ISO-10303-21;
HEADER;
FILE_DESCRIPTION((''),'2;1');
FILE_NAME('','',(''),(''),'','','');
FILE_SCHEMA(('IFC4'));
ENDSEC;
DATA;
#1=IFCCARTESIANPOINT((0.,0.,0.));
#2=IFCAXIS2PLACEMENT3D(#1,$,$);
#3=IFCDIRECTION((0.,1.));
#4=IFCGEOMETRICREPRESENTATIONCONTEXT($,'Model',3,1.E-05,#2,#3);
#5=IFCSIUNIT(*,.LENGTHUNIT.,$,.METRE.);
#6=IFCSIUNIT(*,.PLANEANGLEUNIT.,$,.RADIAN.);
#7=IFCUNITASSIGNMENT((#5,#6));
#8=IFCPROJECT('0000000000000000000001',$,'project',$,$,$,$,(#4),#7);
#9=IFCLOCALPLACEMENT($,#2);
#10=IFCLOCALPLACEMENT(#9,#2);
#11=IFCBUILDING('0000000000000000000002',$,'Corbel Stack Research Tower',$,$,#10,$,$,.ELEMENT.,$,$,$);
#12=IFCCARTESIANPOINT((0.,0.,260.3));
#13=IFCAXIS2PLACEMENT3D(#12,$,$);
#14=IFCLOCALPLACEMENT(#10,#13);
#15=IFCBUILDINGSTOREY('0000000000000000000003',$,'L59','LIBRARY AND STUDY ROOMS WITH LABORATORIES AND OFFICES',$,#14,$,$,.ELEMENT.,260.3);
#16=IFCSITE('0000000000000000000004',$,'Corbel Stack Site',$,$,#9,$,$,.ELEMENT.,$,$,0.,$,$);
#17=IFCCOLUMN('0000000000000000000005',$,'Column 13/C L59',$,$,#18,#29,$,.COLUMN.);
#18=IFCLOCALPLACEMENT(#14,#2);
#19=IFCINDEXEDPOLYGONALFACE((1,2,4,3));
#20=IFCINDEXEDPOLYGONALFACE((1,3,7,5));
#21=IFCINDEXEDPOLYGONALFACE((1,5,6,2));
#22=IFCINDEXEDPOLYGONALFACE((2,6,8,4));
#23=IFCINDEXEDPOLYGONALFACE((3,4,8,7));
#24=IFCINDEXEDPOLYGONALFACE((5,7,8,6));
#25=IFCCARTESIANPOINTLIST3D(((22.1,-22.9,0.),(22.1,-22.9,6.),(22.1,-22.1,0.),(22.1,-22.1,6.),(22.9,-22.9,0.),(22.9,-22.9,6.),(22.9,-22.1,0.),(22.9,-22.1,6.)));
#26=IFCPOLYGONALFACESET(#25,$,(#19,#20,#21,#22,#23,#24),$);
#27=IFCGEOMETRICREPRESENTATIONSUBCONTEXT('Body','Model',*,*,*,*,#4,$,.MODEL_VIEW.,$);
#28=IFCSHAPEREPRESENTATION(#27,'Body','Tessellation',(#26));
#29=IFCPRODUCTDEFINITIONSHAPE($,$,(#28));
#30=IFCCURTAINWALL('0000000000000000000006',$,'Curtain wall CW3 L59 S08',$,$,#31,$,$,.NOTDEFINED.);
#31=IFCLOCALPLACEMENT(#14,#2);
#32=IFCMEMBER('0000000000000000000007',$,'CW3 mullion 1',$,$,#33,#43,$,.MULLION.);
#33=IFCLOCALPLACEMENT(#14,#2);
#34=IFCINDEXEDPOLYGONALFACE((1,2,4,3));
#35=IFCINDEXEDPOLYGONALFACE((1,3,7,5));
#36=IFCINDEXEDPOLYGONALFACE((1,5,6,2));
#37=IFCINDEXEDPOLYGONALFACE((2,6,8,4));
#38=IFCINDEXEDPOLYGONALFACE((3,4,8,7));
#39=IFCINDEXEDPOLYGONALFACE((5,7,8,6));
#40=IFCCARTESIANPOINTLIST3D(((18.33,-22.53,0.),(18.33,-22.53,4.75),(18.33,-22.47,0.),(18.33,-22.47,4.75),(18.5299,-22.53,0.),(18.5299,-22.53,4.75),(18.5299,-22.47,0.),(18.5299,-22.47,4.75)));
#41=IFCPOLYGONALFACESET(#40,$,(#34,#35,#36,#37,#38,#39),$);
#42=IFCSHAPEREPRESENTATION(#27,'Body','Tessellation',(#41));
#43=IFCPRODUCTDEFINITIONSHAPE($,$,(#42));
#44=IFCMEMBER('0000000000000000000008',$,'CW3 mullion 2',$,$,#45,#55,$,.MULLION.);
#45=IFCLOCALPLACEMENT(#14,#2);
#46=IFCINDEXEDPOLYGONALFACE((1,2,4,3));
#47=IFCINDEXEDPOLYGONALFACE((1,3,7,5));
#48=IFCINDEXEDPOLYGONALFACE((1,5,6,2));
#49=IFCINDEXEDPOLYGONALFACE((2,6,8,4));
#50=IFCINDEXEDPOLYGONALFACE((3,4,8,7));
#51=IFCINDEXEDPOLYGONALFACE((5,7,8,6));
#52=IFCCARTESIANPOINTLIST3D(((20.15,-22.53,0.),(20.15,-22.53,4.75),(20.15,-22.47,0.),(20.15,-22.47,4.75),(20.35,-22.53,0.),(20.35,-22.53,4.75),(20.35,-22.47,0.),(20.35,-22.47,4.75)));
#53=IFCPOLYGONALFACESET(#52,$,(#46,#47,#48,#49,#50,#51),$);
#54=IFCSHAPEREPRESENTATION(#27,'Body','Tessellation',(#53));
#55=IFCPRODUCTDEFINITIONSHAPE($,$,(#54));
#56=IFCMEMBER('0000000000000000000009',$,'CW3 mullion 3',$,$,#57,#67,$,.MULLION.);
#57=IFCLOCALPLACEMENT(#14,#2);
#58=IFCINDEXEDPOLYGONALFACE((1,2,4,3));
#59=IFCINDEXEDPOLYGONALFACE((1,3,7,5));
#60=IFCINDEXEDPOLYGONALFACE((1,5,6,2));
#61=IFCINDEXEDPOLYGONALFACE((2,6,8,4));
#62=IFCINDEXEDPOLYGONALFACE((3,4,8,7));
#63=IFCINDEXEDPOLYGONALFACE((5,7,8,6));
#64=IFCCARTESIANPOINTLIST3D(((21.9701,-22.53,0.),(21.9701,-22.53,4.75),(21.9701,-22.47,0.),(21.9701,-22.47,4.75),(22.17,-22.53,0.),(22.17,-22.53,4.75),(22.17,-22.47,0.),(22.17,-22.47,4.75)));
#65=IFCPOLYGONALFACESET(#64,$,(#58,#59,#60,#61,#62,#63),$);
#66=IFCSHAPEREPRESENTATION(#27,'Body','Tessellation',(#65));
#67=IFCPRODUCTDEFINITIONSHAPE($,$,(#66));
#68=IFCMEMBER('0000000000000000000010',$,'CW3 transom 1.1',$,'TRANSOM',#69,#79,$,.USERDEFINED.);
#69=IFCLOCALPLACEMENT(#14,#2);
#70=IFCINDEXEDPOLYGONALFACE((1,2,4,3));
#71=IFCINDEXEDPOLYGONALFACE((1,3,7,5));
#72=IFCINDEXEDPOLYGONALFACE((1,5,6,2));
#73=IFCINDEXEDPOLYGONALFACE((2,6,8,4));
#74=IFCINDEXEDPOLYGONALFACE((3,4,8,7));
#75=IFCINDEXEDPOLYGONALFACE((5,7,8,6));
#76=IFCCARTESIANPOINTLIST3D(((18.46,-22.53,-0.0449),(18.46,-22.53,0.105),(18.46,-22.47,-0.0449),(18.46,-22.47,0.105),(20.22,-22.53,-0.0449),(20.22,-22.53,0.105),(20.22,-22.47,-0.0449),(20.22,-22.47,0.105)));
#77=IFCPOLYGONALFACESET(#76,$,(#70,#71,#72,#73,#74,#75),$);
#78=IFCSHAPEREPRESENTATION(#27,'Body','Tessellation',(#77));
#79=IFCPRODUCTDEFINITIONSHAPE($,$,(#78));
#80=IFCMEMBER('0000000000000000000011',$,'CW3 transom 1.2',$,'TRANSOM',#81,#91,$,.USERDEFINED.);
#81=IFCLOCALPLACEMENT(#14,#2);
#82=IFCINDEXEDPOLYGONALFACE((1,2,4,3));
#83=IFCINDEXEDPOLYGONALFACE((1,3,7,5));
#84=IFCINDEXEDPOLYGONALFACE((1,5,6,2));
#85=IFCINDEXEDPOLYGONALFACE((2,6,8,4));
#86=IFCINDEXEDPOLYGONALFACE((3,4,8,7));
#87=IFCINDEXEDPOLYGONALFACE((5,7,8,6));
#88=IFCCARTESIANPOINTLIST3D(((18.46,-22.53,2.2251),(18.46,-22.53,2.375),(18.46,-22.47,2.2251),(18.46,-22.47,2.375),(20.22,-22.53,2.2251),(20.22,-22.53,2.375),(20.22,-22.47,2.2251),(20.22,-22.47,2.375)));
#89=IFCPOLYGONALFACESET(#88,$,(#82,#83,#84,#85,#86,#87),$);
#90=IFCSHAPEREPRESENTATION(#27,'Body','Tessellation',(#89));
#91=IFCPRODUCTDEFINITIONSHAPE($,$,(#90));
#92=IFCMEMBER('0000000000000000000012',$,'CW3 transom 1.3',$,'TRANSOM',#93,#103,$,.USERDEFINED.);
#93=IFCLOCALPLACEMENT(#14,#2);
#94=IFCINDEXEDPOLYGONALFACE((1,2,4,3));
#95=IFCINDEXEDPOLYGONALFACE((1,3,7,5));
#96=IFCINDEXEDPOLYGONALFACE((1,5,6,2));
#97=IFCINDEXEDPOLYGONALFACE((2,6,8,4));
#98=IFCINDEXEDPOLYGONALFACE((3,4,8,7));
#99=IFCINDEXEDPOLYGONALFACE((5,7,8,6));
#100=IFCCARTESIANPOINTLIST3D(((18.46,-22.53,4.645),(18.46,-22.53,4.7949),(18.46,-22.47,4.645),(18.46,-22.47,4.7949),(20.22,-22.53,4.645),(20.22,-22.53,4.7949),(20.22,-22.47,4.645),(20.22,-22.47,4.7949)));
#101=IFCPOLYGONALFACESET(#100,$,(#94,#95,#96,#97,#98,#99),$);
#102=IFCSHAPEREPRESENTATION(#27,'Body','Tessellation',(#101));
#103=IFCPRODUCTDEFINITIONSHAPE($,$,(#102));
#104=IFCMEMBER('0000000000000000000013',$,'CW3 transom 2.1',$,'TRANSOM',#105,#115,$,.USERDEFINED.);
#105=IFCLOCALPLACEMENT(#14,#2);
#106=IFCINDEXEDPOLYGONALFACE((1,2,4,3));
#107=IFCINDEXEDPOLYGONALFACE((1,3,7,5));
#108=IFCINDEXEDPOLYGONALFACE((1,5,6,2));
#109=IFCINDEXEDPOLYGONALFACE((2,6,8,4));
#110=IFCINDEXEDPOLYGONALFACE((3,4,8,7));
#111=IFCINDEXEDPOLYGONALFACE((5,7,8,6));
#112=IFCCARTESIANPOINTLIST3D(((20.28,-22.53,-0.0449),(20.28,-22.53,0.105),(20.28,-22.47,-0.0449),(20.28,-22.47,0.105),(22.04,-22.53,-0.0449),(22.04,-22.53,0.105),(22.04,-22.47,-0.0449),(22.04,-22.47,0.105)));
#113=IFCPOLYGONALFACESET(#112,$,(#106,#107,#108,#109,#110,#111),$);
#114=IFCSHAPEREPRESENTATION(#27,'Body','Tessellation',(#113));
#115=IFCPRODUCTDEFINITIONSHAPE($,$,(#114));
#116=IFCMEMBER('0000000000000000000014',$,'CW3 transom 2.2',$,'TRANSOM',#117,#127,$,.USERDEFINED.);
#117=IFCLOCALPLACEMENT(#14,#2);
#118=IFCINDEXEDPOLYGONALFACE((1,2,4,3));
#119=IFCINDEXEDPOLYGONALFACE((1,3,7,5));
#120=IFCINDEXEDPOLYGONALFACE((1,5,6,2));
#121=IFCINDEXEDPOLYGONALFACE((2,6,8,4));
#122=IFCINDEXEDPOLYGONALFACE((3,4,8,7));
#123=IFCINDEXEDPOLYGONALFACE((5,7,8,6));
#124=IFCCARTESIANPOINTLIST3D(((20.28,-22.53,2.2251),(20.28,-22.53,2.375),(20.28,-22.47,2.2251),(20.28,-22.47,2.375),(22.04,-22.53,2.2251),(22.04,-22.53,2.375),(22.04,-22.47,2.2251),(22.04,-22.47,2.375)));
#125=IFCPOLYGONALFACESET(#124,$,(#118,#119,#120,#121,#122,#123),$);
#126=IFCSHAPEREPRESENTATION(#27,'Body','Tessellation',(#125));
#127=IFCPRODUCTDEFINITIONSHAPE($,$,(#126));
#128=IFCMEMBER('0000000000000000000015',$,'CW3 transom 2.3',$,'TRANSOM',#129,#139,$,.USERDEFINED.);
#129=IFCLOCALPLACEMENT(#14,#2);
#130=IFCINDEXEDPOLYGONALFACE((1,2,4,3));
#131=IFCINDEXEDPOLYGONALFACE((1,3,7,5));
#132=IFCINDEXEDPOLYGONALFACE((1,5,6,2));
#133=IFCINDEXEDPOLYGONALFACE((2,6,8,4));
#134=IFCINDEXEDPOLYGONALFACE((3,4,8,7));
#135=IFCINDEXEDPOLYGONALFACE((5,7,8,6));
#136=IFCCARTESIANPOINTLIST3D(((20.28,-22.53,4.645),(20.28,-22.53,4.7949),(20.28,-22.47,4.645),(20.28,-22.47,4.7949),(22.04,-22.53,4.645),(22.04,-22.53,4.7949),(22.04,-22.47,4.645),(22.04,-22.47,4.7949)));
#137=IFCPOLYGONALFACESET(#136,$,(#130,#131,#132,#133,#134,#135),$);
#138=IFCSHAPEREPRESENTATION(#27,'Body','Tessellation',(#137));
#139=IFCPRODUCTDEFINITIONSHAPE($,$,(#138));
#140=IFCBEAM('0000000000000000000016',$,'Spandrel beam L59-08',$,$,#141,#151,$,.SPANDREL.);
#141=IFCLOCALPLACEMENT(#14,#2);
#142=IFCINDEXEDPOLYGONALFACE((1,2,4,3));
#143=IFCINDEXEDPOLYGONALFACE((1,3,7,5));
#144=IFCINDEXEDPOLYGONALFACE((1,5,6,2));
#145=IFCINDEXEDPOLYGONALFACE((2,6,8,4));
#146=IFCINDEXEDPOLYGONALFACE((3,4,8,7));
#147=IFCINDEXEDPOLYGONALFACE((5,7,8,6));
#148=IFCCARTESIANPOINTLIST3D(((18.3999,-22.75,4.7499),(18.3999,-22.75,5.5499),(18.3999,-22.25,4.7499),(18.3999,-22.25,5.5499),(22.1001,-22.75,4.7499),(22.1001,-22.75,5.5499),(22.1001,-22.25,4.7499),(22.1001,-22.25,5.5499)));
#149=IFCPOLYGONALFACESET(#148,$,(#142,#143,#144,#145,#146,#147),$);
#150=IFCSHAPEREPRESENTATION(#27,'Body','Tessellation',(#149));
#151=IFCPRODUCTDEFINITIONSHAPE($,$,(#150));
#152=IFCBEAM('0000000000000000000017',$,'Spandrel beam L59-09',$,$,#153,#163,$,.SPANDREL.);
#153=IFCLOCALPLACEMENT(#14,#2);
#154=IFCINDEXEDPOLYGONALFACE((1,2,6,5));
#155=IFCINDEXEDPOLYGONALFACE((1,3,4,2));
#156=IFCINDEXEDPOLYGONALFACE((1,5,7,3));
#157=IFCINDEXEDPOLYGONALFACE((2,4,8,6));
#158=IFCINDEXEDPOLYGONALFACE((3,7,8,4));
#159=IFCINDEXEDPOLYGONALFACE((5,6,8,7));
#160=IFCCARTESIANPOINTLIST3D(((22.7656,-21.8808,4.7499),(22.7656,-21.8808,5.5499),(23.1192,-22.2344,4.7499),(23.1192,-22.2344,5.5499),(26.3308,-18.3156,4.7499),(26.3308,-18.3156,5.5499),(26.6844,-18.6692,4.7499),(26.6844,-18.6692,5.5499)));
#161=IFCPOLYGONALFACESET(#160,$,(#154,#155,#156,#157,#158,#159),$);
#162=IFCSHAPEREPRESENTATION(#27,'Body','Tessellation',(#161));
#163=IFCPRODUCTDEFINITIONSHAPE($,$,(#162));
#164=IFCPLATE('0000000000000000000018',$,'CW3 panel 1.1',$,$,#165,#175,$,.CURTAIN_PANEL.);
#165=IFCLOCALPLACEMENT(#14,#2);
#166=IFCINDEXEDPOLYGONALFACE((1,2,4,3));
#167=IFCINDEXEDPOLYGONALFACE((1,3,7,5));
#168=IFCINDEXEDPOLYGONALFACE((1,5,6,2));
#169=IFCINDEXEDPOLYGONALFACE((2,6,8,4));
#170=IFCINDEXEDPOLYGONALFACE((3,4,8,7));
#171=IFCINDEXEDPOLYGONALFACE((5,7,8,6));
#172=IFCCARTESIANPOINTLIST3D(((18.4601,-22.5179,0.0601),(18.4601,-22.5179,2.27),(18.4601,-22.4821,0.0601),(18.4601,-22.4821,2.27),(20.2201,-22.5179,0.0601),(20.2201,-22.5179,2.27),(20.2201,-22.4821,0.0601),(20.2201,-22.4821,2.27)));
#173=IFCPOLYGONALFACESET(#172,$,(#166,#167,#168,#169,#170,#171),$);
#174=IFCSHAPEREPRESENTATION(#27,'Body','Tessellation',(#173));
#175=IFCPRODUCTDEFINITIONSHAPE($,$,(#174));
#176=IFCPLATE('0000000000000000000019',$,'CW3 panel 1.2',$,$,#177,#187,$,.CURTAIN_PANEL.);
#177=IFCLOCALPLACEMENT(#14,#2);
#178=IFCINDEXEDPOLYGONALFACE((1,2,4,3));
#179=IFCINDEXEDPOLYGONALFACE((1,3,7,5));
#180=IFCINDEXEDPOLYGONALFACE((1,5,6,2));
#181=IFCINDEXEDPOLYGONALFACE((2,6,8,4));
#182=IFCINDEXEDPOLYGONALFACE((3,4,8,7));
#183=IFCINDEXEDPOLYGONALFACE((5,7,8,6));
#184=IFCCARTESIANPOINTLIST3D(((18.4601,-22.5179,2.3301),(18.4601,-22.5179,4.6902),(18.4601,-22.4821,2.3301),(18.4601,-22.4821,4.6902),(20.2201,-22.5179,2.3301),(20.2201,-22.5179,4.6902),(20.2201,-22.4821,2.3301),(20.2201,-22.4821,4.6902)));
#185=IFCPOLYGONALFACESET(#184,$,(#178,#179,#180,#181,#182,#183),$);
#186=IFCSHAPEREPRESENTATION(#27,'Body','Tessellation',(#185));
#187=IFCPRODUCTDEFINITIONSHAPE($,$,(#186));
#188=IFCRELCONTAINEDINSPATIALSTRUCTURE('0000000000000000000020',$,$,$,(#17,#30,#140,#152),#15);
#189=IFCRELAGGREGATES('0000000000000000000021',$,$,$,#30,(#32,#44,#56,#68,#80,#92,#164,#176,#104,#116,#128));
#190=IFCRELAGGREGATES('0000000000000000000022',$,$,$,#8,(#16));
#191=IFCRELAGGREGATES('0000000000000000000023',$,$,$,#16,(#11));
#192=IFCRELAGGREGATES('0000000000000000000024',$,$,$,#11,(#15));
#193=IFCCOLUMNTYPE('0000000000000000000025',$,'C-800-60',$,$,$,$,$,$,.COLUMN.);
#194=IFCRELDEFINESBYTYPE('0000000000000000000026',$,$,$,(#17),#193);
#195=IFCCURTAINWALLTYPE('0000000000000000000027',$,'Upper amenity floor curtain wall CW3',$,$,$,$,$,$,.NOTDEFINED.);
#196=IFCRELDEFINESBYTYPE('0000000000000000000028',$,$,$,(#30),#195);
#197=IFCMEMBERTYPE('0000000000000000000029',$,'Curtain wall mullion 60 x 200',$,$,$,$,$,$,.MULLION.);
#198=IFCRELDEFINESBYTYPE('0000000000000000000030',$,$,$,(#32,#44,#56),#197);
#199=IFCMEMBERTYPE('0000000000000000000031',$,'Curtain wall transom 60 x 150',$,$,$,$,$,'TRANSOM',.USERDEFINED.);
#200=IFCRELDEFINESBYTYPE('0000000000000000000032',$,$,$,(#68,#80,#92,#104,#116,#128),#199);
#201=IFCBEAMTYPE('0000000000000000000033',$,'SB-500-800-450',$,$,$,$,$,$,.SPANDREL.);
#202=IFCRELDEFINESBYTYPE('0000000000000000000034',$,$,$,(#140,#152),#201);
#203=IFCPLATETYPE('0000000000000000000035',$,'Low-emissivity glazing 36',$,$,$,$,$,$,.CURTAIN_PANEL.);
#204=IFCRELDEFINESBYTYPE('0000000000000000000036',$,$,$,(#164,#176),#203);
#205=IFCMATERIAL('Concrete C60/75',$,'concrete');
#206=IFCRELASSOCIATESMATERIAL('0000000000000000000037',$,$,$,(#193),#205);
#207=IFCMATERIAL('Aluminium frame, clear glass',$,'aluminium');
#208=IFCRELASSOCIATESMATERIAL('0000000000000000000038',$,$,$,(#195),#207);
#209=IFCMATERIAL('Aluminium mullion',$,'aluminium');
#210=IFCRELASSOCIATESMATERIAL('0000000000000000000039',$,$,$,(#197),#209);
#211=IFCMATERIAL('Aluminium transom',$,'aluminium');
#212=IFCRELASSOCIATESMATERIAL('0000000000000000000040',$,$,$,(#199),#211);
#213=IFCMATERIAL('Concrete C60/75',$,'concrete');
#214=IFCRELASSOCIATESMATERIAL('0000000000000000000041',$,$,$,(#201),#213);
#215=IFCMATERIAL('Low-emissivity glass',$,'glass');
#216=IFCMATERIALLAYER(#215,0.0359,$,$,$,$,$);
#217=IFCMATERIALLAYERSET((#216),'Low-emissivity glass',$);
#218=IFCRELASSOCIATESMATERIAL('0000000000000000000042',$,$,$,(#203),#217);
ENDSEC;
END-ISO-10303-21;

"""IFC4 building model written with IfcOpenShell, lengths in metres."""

from ifc_helpers import new_model, si_unit, direction, frame, origin, origin_2d, place, context, subcontext, project, spatial, rectangle, extrude, material, layer, layer_set, material_profile, profile_set, type_object, element, aggregate, save


model = new_model("IFC4")

# Units and contexts
model_context = context("Model", 3, precision=1e-05, world=origin(), true_north=direction((0.0, 1.0)))
body_context = subcontext(model_context, "Body", "Model", "MODEL_VIEW")
ifc_project = project(units=[si_unit("LENGTHUNIT", "METRE"), si_unit("PLANEANGLEUNIT", "RADIAN")], contexts=[model_context])

# Site, building, storey
site_placement = place(None, origin())
site = spatial("IfcSite", under=ifc_project, at=site_placement, Name="Corbel Stack Site", CompositionType="ELEMENT", RefElevation=0.0)
building_placement = place(site_placement, origin())
building = spatial("IfcBuilding", under=site, at=building_placement, Name="Corbel Stack Research Tower", CompositionType="ELEMENT")
storey_placement = place(building_placement, frame((0.0, 0.0, 260.3)))
storey = spatial("IfcBuildingStorey", under=building, at=storey_placement, Name="L59", Description="LIBRARY AND STUDY ROOMS WITH LABORATORIES AND OFFICES", CompositionType="ELEMENT", Elevation=260.3)

# Column
ifc_material_1 = material(Name="Concrete C60/75", Category="concrete")
ifc_material_profile_1 = material_profile(ifc_material_1, rectangle(XDim=0.8, YDim=0.8, at=origin_2d()), Name="RC 800 x 800")
ifc_profile_set_1 = profile_set([ifc_material_profile_1], Name="Concrete C60/75")
column_type = type_object("IfcColumnType", Name="C-800-60", PredefinedType="COLUMN", material=ifc_profile_set_1)
column_placement = place(storey_placement, frame((22.5, -22.5, 0.0), z_axis=(0.0, 0.0, 1.0), x_axis=(1.0, 0.0, 0.0)))
element("IfcColumn", 1, at=column_placement, inside=storey, type_object=column_type, Name="Column 13/C L59", PredefinedType="COLUMN", context=body_context, shape_type="SweptSolid", body=[
    extrude(rectangle(XDim=0.8, YDim=0.8, at=origin_2d()), origin(), (0.0, 0.0, 1.0), 6.0),
])

# Curtain wall, members
ifc_material_2 = material(Name="Aluminium frame, clear glass", Category="aluminium")
curtain_wall_type = type_object("IfcCurtainWallType", Name="Upper amenity floor curtain wall CW3", PredefinedType="NOTDEFINED", material=ifc_material_2)
curtain_wall_placement = place(storey_placement, origin())
curtain_wall = element("IfcCurtainWall", 2, at=curtain_wall_placement, inside=storey, type_object=curtain_wall_type, Name="Curtain wall CW3 L59 S08", PredefinedType="NOTDEFINED")
ifc_material_3 = material(Name="Aluminium mullion", Category="aluminium")
ifc_material_profile_2 = material_profile(ifc_material_3, rectangle(XDim=0.0601, YDim=0.2, at=origin_2d()), Name="Mullion 60 x 200")
ifc_profile_set_2 = profile_set([ifc_material_profile_2], Name="Aluminium mullion")
member_type_1 = type_object("IfcMemberType", Name="Curtain wall mullion 60 x 200", PredefinedType="MULLION", material=ifc_profile_set_2)
member_1_placement = place(storey_placement, frame((18.4299, -22.5, 0.0), z_axis=(0.0, 0.0, 1.0), x_axis=(0.0, 1.0, 0.0)))
member_1 = element("IfcMember", 3, at=member_1_placement, type_object=member_type_1, Name="CW3 mullion 1", PredefinedType="MULLION", context=body_context, shape_type="SweptSolid", body=[
    extrude(rectangle(XDim=0.0601, YDim=0.2, at=origin_2d()), origin(), (0.0, 0.0, 1.0), 4.75),
])
member_2_placement = place(storey_placement, frame((20.25, -22.5, 0.0), z_axis=(0.0, 0.0, 1.0), x_axis=(0.0, 1.0, 0.0)))
member_2 = element("IfcMember", 4, at=member_2_placement, type_object=member_type_1, Name="CW3 mullion 2", PredefinedType="MULLION", context=body_context, shape_type="SweptSolid", body=[
    extrude(rectangle(XDim=0.0601, YDim=0.2, at=origin_2d()), origin(), (0.0, 0.0, 1.0), 4.75),
])
member_3_placement = place(storey_placement, frame((22.0701, -22.5, 0.0), z_axis=(0.0, 0.0, 1.0), x_axis=(0.0, 1.0, 0.0)))
member_3 = element("IfcMember", 5, at=member_3_placement, type_object=member_type_1, Name="CW3 mullion 3", PredefinedType="MULLION", context=body_context, shape_type="SweptSolid", body=[
    extrude(rectangle(XDim=0.0601, YDim=0.2, at=origin_2d()), origin(), (0.0, 0.0, 1.0), 4.75),
])
ifc_material_4 = material(Name="Aluminium transom", Category="aluminium")
ifc_material_profile_3 = material_profile(ifc_material_4, rectangle(XDim=0.0601, YDim=0.1499, at=origin_2d()), Name="Transom 60 x 150")
ifc_profile_set_3 = profile_set([ifc_material_profile_3], Name="Aluminium transom")
member_type_2 = type_object("IfcMemberType", Name="Curtain wall transom 60 x 150", ElementType="TRANSOM", PredefinedType="USERDEFINED", material=ifc_profile_set_3)
member_4_placement = place(storey_placement, frame((18.46, -22.5, 0.03), z_axis=(1.0, 0.0, 0.0), x_axis=(0.0, 1.0, 0.0)))
member_4 = element("IfcMember", 6, at=member_4_placement, type_object=member_type_2, Name="CW3 transom 1.1", ObjectType="TRANSOM", PredefinedType="USERDEFINED", context=body_context, shape_type="SweptSolid", body=[
    extrude(rectangle(XDim=0.0601, YDim=0.1499, at=origin_2d()), origin(), (0.0, 0.0, 1.0), 1.76),
])
member_5_placement = place(storey_placement, frame((18.46, -22.5, 2.3), z_axis=(1.0, 0.0, 0.0), x_axis=(0.0, 1.0, 0.0)))
member_5 = element("IfcMember", 7, at=member_5_placement, type_object=member_type_2, Name="CW3 transom 1.2", ObjectType="TRANSOM", PredefinedType="USERDEFINED", context=body_context, shape_type="SweptSolid", body=[
    extrude(rectangle(XDim=0.0601, YDim=0.1499, at=origin_2d()), origin(), (0.0, 0.0, 1.0), 1.76),
])
member_6_placement = place(storey_placement, frame((18.46, -22.5, 4.72), z_axis=(1.0, 0.0, 0.0), x_axis=(0.0, 1.0, 0.0)))
member_6 = element("IfcMember", 8, at=member_6_placement, type_object=member_type_2, Name="CW3 transom 1.3", ObjectType="TRANSOM", PredefinedType="USERDEFINED", context=body_context, shape_type="SweptSolid", body=[
    extrude(rectangle(XDim=0.0601, YDim=0.1499, at=origin_2d()), origin(), (0.0, 0.0, 1.0), 1.76),
])
member_7_placement = place(storey_placement, frame((20.28, -22.5, 0.03), z_axis=(1.0, 0.0, 0.0), x_axis=(0.0, 1.0, 0.0)))
member_7 = element("IfcMember", 9, at=member_7_placement, type_object=member_type_2, Name="CW3 transom 2.1", ObjectType="TRANSOM", PredefinedType="USERDEFINED", context=body_context, shape_type="SweptSolid", body=[
    extrude(rectangle(XDim=0.0601, YDim=0.1499, at=origin_2d()), origin(), (0.0, 0.0, 1.0), 1.76),
])
member_8_placement = place(storey_placement, frame((20.28, -22.5, 2.3), z_axis=(1.0, 0.0, 0.0), x_axis=(0.0, 1.0, 0.0)))
member_8 = element("IfcMember", 10, at=member_8_placement, type_object=member_type_2, Name="CW3 transom 2.2", ObjectType="TRANSOM", PredefinedType="USERDEFINED", context=body_context, shape_type="SweptSolid", body=[
    extrude(rectangle(XDim=0.0601, YDim=0.1499, at=origin_2d()), origin(), (0.0, 0.0, 1.0), 1.76),
])
member_9_placement = place(storey_placement, frame((20.28, -22.5, 4.72), z_axis=(1.0, 0.0, 0.0), x_axis=(0.0, 1.0, 0.0)))
member_9 = element("IfcMember", 11, at=member_9_placement, type_object=member_type_2, Name="CW3 transom 2.3", ObjectType="TRANSOM", PredefinedType="USERDEFINED", context=body_context, shape_type="SweptSolid", body=[
    extrude(rectangle(XDim=0.0601, YDim=0.1499, at=origin_2d()), origin(), (0.0, 0.0, 1.0), 1.76),
])

# Beams
ifc_material_5 = material(Name="Concrete C60/75", Category="concrete")
ifc_material_profile_4 = material_profile(ifc_material_5, rectangle(XDim=0.5, YDim=0.8, at=origin_2d()), Name="RC 500 x 800")
ifc_profile_set_4 = profile_set([ifc_material_profile_4], Name="Concrete C60/75")
beam_type = type_object("IfcBeamType", Name="SB-500-800-450", PredefinedType="SPANDREL", material=ifc_profile_set_4)
beam_1_placement = place(storey_placement, frame((18.3999, -22.5, 5.1499), z_axis=(1.0, 0.0, 0.0), x_axis=(0.0, 1.0, 0.0)))
element("IfcBeam", 12, at=beam_1_placement, inside=storey, type_object=beam_type, Name="Spandrel beam L59-08", PredefinedType="SPANDREL", context=body_context, shape_type="SweptSolid", body=[
    extrude(rectangle(XDim=0.5, YDim=0.8, at=origin_2d()), origin(), (0.0, 0.0, 1.0), 3.7002),
])
beam_2_placement = place(storey_placement, frame((22.9424, -22.0576, 5.1499), z_axis=(0.707107, 0.707107, 0.0), x_axis=(-0.707107, 0.707107, 0.0)))
element("IfcBeam", 13, at=beam_2_placement, inside=storey, type_object=beam_type, Name="Spandrel beam L59-09", PredefinedType="SPANDREL", context=body_context, shape_type="SweptSolid", body=[
    extrude(rectangle(XDim=0.5, YDim=0.8, at=origin_2d()), origin(), (0.0, 0.0, 1.0), 5.042),
])

# Plates
ifc_material_6 = material(Name="Low-emissivity glass", Category="glass")
ifc_layer_1 = layer(ifc_material_6, 0.0359)
ifc_layer_set_1 = layer_set([ifc_layer_1], Name="Low-emissivity glass")
plate_type = type_object("IfcPlateType", Name="Low-emissivity glazing 36", PredefinedType="CURTAIN_PANEL", material=ifc_layer_set_1)
plate_1_placement = place(storey_placement, frame((19.3401, -22.5, 0.0601), z_axis=(0.0, 0.0, 1.0), x_axis=(1.0, 0.0, 0.0)))
plate_1 = element("IfcPlate", 14, at=plate_1_placement, type_object=plate_type, Name="CW3 panel 1.1", PredefinedType="CURTAIN_PANEL", context=body_context, shape_type="SweptSolid", body=[
    extrude(rectangle(XDim=1.76, YDim=0.0359, at=origin_2d()), origin(), (0.0, 0.0, 1.0), 2.21),
])
plate_2_placement = place(storey_placement, frame((19.3401, -22.5, 2.3301), z_axis=(0.0, 0.0, 1.0), x_axis=(1.0, 0.0, 0.0)))
plate_2 = element("IfcPlate", 15, at=plate_2_placement, type_object=plate_type, Name="CW3 panel 1.2", PredefinedType="CURTAIN_PANEL", context=body_context, shape_type="SweptSolid", body=[
    extrude(rectangle(XDim=1.76, YDim=0.0359, at=origin_2d()), origin(), (0.0, 0.0, 1.0), 2.3601),
])
aggregate(curtain_wall, [member_1, member_2, member_3, member_4, member_5, member_6, plate_1, plate_2, member_7, member_8, member_9])

save(model, "model.ifc")
